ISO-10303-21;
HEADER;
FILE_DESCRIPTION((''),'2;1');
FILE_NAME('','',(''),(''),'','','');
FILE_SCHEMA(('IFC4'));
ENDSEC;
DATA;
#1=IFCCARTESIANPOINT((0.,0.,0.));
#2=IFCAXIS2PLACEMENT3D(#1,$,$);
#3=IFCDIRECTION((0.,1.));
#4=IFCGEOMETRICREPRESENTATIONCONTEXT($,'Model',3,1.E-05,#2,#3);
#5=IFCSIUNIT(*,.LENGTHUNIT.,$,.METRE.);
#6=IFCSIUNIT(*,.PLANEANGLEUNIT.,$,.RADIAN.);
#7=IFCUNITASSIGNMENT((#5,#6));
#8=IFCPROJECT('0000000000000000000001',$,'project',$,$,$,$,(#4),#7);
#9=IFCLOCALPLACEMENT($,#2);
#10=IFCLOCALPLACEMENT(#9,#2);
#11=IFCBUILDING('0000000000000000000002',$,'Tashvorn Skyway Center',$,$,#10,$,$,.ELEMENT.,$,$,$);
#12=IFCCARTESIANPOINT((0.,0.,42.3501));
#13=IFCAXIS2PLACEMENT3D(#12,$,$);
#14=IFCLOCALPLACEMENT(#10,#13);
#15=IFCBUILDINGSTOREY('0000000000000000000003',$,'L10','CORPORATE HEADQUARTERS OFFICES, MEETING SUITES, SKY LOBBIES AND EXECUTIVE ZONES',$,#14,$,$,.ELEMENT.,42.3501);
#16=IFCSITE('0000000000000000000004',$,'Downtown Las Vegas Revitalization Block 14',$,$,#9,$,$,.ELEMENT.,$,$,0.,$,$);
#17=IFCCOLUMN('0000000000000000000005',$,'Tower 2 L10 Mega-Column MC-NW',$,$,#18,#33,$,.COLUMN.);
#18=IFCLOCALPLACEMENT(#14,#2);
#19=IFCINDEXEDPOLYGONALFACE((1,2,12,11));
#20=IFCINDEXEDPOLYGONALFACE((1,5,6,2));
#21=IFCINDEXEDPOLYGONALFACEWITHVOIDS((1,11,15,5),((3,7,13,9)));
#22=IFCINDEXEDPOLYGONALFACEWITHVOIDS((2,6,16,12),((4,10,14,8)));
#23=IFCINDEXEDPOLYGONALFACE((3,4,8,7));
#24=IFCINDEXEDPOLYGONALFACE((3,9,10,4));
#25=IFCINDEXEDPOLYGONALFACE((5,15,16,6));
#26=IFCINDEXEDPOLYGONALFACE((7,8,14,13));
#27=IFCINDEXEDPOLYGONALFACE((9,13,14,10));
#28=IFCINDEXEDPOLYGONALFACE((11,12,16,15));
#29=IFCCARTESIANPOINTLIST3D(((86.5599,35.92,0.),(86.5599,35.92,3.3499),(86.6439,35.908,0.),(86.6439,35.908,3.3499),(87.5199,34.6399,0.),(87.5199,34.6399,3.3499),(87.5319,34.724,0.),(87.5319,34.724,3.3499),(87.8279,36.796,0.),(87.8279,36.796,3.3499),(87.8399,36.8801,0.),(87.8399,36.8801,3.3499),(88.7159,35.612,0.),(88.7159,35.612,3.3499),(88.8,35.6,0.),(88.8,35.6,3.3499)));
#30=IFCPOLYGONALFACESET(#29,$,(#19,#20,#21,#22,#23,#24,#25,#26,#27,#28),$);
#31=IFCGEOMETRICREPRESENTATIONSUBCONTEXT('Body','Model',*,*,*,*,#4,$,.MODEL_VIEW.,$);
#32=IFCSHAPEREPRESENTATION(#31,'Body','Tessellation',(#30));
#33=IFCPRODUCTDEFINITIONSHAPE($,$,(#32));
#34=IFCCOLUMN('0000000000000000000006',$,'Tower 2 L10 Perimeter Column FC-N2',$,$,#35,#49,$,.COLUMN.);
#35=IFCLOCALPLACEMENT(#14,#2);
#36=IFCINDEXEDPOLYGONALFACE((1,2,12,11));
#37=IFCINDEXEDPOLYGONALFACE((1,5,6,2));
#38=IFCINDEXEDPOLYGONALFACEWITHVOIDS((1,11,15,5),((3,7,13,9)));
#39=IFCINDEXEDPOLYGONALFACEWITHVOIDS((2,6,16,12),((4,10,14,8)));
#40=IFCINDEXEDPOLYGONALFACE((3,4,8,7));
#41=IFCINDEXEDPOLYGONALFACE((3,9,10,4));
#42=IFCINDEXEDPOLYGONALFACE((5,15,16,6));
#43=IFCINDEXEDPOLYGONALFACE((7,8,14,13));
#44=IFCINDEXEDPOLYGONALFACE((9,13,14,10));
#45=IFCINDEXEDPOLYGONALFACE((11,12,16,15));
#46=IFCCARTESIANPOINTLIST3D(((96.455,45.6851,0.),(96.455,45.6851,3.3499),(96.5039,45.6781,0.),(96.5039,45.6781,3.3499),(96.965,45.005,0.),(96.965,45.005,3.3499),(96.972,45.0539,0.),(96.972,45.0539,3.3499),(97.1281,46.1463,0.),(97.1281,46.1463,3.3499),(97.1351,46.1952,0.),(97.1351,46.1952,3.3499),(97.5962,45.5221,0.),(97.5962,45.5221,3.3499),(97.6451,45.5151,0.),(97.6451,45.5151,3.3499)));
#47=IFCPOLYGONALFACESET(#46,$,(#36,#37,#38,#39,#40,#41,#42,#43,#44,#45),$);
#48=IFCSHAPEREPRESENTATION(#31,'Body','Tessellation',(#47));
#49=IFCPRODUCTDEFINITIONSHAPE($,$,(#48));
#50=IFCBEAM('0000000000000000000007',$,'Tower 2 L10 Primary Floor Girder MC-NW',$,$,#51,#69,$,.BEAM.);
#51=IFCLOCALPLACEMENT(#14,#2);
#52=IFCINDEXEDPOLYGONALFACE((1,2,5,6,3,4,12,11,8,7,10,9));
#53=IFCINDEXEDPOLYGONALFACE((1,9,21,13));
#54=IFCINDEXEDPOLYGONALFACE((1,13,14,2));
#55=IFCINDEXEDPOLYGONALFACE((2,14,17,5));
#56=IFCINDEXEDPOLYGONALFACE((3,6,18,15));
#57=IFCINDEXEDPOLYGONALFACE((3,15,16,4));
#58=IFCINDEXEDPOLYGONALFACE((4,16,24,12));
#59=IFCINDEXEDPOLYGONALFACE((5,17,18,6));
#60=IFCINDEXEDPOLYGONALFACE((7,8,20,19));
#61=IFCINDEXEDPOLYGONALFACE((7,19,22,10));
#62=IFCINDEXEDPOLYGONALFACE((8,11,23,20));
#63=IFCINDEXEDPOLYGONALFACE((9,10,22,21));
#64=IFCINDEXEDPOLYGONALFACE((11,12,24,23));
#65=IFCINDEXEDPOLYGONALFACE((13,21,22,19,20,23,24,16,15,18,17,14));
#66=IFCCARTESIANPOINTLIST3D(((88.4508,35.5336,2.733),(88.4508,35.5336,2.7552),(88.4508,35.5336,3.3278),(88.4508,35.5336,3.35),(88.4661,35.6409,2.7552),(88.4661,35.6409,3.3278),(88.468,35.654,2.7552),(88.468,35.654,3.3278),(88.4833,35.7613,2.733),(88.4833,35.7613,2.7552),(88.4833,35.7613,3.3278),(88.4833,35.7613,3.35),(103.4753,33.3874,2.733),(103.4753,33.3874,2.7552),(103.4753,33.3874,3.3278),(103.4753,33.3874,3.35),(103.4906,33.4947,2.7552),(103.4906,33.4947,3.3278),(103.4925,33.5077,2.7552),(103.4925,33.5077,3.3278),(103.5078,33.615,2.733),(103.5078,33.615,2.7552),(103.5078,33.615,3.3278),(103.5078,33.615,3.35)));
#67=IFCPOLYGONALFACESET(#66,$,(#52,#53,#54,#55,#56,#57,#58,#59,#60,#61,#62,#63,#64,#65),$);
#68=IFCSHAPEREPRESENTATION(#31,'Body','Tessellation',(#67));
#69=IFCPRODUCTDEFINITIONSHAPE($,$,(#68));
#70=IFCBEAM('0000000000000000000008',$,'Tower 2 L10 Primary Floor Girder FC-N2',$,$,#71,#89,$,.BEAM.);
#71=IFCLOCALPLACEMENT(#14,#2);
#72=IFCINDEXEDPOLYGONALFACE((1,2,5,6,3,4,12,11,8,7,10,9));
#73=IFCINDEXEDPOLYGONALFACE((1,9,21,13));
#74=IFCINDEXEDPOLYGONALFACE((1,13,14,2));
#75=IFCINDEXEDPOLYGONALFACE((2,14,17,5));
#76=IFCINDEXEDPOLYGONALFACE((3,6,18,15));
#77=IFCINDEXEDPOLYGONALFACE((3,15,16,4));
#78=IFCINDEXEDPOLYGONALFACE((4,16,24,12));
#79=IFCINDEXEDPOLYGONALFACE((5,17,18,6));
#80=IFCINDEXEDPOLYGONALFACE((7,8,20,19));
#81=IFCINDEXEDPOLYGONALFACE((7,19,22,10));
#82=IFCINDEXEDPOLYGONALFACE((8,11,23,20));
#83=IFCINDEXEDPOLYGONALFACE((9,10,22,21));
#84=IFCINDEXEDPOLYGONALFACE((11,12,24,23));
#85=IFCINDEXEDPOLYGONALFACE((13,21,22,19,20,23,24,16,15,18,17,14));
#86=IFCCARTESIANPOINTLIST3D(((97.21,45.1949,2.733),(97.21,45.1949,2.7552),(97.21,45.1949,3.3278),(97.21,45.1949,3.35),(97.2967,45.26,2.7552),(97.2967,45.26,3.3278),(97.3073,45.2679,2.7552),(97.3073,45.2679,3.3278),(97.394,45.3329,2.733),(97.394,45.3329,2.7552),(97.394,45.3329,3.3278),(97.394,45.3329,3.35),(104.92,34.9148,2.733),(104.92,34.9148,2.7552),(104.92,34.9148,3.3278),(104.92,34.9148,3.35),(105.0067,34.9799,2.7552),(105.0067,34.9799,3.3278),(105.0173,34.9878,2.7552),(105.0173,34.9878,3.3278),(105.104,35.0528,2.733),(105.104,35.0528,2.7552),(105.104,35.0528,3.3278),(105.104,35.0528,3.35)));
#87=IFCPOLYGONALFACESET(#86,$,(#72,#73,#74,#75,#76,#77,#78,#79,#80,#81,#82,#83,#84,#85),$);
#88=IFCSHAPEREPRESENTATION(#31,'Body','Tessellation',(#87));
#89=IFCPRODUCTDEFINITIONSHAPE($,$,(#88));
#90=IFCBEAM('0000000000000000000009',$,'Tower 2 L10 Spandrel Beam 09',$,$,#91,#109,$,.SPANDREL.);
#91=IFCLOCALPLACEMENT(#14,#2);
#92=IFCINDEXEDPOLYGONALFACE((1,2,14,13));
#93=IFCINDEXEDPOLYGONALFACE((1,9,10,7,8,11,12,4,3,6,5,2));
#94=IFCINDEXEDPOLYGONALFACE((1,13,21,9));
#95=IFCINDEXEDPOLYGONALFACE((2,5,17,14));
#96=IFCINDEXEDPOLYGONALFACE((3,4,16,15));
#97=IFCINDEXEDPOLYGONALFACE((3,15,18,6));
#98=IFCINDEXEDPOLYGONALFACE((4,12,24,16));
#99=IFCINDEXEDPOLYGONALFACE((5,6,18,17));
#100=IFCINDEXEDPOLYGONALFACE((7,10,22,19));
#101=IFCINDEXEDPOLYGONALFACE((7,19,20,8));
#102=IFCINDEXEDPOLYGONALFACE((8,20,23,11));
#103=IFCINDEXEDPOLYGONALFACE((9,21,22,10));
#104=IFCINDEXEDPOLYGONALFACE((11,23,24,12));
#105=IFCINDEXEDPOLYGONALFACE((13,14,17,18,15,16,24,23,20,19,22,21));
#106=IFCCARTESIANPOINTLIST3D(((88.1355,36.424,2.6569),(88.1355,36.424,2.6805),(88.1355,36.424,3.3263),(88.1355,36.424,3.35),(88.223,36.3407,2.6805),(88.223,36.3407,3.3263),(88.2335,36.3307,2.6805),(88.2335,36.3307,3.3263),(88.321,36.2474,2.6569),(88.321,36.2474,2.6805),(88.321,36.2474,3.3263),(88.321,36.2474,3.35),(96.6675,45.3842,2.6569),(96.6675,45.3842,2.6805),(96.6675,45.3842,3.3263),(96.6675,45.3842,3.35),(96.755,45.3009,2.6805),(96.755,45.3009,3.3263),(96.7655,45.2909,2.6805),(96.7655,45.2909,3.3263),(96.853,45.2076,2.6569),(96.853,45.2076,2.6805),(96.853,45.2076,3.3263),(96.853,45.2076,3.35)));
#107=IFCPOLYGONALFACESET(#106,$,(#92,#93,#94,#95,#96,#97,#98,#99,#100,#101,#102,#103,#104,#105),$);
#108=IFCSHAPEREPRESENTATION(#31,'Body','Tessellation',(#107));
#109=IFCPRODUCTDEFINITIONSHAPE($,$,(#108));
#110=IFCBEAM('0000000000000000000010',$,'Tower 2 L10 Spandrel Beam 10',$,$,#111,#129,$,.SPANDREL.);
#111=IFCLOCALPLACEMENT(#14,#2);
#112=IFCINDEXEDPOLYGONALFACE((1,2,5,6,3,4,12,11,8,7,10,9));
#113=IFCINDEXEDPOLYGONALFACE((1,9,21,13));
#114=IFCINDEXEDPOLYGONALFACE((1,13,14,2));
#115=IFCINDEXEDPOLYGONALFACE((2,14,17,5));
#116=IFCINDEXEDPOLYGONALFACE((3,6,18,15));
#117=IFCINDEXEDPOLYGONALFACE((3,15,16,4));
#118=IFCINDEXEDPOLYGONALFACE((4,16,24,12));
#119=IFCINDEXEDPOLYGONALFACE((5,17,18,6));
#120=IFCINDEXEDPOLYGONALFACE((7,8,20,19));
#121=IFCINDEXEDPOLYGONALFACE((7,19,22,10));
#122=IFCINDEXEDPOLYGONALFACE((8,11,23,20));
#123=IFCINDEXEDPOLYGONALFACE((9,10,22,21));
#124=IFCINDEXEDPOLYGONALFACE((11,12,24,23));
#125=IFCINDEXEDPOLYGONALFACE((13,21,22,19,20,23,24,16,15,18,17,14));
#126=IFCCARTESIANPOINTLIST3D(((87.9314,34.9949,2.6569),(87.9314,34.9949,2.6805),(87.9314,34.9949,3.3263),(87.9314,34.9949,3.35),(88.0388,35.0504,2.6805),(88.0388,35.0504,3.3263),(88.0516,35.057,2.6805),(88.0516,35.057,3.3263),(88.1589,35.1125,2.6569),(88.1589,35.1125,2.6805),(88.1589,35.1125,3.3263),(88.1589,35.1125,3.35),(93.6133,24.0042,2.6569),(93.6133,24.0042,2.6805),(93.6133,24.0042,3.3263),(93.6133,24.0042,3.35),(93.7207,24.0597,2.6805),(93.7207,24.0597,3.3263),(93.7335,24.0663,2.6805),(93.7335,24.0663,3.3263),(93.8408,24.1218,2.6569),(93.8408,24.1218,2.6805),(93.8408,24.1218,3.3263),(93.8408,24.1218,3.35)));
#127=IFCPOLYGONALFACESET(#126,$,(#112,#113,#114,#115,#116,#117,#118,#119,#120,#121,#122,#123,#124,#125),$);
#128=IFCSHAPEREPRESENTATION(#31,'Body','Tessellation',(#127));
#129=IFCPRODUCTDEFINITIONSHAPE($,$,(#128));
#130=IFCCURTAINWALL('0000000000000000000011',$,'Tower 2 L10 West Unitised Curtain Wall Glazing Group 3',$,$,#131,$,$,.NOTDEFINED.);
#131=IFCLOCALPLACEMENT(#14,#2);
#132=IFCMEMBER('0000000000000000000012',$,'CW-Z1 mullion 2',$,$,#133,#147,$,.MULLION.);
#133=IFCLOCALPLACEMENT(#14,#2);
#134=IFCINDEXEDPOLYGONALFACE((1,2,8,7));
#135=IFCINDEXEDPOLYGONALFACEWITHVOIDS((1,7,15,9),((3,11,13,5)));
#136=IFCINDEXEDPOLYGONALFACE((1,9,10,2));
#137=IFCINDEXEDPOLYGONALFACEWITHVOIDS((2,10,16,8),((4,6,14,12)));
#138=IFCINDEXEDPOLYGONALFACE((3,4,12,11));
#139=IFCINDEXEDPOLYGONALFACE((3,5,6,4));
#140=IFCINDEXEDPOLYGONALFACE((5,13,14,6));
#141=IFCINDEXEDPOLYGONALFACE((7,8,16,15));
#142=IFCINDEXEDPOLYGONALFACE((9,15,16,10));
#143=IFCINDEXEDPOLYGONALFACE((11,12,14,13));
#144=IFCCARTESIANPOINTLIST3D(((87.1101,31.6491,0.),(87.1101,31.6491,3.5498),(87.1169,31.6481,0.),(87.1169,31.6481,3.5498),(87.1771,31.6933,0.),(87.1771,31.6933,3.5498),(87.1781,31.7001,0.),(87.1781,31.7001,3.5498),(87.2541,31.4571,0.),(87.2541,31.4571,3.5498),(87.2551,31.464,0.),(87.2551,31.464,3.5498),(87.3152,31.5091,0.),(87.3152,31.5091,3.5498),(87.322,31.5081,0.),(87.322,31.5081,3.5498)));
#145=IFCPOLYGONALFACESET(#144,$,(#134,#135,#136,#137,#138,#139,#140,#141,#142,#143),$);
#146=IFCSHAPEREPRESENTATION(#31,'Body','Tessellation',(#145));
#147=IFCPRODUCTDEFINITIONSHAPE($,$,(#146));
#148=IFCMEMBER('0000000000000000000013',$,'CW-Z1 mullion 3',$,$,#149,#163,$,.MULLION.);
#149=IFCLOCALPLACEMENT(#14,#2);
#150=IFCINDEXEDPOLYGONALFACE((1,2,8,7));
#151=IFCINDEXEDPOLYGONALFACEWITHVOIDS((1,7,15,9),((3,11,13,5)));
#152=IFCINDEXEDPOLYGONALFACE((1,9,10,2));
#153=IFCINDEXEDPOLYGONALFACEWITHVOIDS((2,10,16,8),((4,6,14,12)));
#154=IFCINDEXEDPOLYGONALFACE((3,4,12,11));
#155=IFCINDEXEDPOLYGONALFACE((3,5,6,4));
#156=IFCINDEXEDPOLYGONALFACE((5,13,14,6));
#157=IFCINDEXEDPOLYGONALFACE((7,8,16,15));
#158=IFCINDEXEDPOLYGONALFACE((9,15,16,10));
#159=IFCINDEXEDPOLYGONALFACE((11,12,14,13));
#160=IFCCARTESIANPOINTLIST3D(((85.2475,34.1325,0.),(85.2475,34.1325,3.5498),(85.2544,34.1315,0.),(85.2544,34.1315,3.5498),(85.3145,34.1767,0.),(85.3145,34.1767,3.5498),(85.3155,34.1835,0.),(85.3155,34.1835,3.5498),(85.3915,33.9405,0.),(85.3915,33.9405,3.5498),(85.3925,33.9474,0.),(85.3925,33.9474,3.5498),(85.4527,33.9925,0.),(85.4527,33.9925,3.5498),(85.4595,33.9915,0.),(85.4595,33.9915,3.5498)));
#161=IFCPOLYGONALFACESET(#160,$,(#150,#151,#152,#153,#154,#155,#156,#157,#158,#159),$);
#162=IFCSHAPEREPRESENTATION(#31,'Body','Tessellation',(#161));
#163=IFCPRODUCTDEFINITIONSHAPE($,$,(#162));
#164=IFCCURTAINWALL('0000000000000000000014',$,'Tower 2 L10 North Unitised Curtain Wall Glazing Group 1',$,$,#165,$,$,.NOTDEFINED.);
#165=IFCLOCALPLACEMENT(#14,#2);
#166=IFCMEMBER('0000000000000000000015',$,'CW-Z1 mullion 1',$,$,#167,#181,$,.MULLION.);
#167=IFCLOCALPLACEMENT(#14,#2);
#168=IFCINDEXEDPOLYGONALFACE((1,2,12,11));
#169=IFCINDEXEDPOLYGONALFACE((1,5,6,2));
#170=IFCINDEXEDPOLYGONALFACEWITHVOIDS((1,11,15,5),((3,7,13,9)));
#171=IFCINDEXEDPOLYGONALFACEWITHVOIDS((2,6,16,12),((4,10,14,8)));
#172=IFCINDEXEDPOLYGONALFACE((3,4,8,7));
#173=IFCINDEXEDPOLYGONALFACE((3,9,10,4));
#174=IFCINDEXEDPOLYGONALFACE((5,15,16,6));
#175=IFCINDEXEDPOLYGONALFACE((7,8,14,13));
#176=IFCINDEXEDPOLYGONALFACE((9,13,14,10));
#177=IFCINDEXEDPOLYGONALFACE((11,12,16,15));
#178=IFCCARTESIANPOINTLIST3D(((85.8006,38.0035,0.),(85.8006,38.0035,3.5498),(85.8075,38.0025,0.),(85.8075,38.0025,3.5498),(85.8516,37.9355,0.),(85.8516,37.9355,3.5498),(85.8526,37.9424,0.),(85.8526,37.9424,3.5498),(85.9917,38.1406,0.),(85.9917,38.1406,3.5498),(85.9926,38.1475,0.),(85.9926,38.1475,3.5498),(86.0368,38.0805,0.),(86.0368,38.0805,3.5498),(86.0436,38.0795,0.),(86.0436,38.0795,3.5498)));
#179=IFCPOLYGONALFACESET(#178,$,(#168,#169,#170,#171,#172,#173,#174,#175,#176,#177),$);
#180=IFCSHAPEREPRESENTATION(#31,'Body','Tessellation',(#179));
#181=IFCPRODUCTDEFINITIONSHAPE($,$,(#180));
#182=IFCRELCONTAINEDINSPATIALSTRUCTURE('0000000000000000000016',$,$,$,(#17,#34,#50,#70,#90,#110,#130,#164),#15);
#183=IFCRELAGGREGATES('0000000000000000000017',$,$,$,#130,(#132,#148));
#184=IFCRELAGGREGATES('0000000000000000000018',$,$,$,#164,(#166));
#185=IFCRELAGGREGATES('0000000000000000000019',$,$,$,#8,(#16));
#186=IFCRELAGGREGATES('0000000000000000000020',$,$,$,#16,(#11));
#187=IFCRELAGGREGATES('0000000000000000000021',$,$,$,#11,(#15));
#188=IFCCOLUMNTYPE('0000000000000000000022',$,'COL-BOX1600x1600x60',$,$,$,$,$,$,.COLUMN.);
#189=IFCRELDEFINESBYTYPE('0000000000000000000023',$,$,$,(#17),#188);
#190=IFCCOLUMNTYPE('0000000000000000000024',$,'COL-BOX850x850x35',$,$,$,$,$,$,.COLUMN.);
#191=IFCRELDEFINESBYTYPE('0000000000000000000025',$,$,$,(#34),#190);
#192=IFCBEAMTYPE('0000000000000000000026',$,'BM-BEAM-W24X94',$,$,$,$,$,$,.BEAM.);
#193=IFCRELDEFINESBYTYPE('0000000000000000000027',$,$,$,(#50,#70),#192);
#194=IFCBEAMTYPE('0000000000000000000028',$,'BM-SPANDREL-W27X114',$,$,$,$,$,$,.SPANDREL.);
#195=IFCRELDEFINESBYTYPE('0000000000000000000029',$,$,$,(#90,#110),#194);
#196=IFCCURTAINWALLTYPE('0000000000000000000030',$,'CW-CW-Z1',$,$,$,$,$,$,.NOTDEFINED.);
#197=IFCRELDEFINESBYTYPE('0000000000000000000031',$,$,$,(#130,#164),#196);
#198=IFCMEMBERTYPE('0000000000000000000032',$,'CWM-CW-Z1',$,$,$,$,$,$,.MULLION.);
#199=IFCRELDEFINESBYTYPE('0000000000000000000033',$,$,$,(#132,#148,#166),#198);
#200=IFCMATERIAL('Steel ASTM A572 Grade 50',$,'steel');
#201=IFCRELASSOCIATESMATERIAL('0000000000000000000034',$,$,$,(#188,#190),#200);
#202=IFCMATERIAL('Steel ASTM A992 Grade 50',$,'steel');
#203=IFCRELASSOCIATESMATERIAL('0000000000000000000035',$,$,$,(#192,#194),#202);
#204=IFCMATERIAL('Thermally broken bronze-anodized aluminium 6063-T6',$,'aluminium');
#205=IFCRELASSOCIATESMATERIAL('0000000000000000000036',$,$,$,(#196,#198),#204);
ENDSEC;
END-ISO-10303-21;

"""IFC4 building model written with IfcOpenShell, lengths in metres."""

from ifc_helpers import new_model, si_unit, direction, frame, origin, origin_2d, place, context, subcontext, project, spatial, hollow_rectangle, i_section, extrude, material, material_profile, profile_set, type_object, element, aggregate, save


model = new_model("IFC4")

# Units and contexts
model_context = context("Model", 3, precision=1e-05, world=origin(), true_north=direction((0.0, 1.0)))
body_context = subcontext(model_context, "Body", "Model", "MODEL_VIEW")
ifc_project = project(units=[si_unit("LENGTHUNIT", "METRE"), si_unit("PLANEANGLEUNIT", "RADIAN")], contexts=[model_context])

# Site, building, storey
site_placement = place(None, origin())
site = spatial("IfcSite", under=ifc_project, at=site_placement, Name="Downtown Las Vegas Revitalization Block 14", CompositionType="ELEMENT", RefElevation=0.0)
building_placement = place(site_placement, origin())
building = spatial("IfcBuilding", under=site, at=building_placement, Name="Tashvorn Skyway Center", CompositionType="ELEMENT")
storey_placement = place(building_placement, frame((0.0, 0.0, 42.3501)))
storey = spatial("IfcBuildingStorey", under=building, at=storey_placement, Name="L10", Description="CORPORATE HEADQUARTERS OFFICES, MEETING SUITES, SKY LOBBIES AND EXECUTIVE ZONES", CompositionType="ELEMENT", Elevation=42.3501)

# Columns
ifc_material_1 = material(Name="Steel ASTM A572 Grade 50", Category="steel")
ifc_material_profile_1 = material_profile(ifc_material_1, hollow_rectangle(XDim=1.6001, YDim=1.6001, WallThickness=0.0601, at=origin_2d()), Name="BOX1600x1600x60")
ifc_profile_set_1 = profile_set([ifc_material_profile_1], Name="Steel ASTM A572 Grade 50")
column_type_1 = type_object("IfcColumnType", Name="COL-BOX1600x1600x60", PredefinedType="COLUMN", material=ifc_profile_set_1)
column_1_placement = place(storey_placement, frame((87.6799, 35.76, 0.0), z_axis=(0.0, 0.0, 1.0), x_axis=(0.8, 0.6, 0.0)))
element("IfcColumn", 1, at=column_1_placement, inside=storey, type_object=column_type_1, Name="Tower 2 L10 Mega-Column MC-NW", PredefinedType="COLUMN", context=body_context, shape_type="SweptSolid", body=[
    extrude(hollow_rectangle(XDim=1.6001, YDim=1.6001, WallThickness=0.0601, at=origin_2d()), origin(), (0.0, 0.0, 1.0), 3.3499),
])
ifc_material_profile_2 = material_profile(ifc_material_1, hollow_rectangle(XDim=0.8501, YDim=0.8501, WallThickness=0.0349, at=origin_2d()), Name="BOX850x850x35")
ifc_profile_set_2 = profile_set([ifc_material_profile_2], Name="Steel ASTM A572 Grade 50")
column_type_2 = type_object("IfcColumnType", Name="COL-BOX850x850x35", PredefinedType="COLUMN", material=ifc_profile_set_2)
column_2_placement = place(storey_placement, frame((97.05, 45.6001, 0.0), z_axis=(0.0, 0.0, 1.0), x_axis=(0.8, 0.6, 0.0)))
element("IfcColumn", 2, at=column_2_placement, inside=storey, type_object=column_type_2, Name="Tower 2 L10 Perimeter Column FC-N2", PredefinedType="COLUMN", context=body_context, shape_type="SweptSolid", body=[
    extrude(hollow_rectangle(XDim=0.8501, YDim=0.8501, WallThickness=0.0349, at=origin_2d()), origin(), (0.0, 0.0, 1.0), 3.3499),
])

# Beams
ifc_material_2 = material(Name="Steel ASTM A992 Grade 50", Category="steel")
ifc_material_profile_3 = material_profile(ifc_material_2, i_section(OverallWidth=0.23, OverallDepth=0.6169, WebThickness=0.0132, FlangeThickness=0.0222, at=origin_2d()), Name="W24X94")
ifc_profile_set_3 = profile_set([ifc_material_profile_3], Name="Steel ASTM A992 Grade 50")
beam_type_1 = type_object("IfcBeamType", Name="BM-BEAM-W24X94", PredefinedType="BEAM", material=ifc_profile_set_3)
beam_1_placement = place(storey_placement, frame((88.467, 35.6475, 3.0415), z_axis=(0.98995, -0.141415, 0.0), x_axis=(0.141415, 0.98995, 0.0)))
element("IfcBeam", 3, at=beam_1_placement, inside=storey, type_object=beam_type_1, Name="Tower 2 L10 Primary Floor Girder MC-NW", PredefinedType="BEAM", context=body_context, shape_type="SweptSolid", body=[
    extrude(i_section(OverallWidth=0.23, OverallDepth=0.6169, WebThickness=0.0132, FlangeThickness=0.0222, at=origin_2d()), origin(), (0.0, 0.0, 1.0), 15.177),
])
beam_2_placement = place(storey_placement, frame((97.302, 45.2639, 3.0415), z_axis=(0.599997, -0.800002, 0.0), x_axis=(0.800002, 0.599997, 0.0)))
element("IfcBeam", 4, at=beam_2_placement, inside=storey, type_object=beam_type_1, Name="Tower 2 L10 Primary Floor Girder FC-N2", PredefinedType="BEAM", context=body_context, shape_type="SweptSolid", body=[
    extrude(i_section(OverallWidth=0.23, OverallDepth=0.6169, WebThickness=0.0132, FlangeThickness=0.0222, at=origin_2d()), origin(), (0.0, 0.0, 1.0), 12.8501),
])
ifc_material_profile_4 = material_profile(ifc_material_2, i_section(OverallWidth=0.2561, OverallDepth=0.6931, WebThickness=0.0144, FlangeThickness=0.0237, at=origin_2d()), Name="W27X114")
ifc_profile_set_4 = profile_set([ifc_material_profile_4], Name="Steel ASTM A992 Grade 50")
beam_type_2 = type_object("IfcBeamType", Name="BM-SPANDREL-W27X114", PredefinedType="SPANDREL", material=ifc_profile_set_4)
for number, where, z_axis, x_axis, name in (
    (5, (96.7603, 45.2959, 3.0034), (-0.68959, -0.7242, 0.0), (0.7242, -0.68959, 0.0), "Tower 2 L10 Spandrel Beam 09"),
    (6, (88.0452, 35.0537, 3.0034), (0.459233, -0.888316, 0.0), (0.888316, 0.459233, 0.0), "Tower 2 L10 Spandrel Beam 10"),
):
    element("IfcBeam", number, at=place(storey_placement, frame(where, z_axis=z_axis, x_axis=x_axis)), inside=storey, type_object=beam_type_2, Name=name, PredefinedType="SPANDREL", context=body_context, shape_type="SweptSolid", body=[
        extrude(i_section(OverallWidth=0.2561, OverallDepth=0.6931, WebThickness=0.0144, FlangeThickness=0.0237, at=origin_2d()), origin(), (0.0, 0.0, 1.0), 12.3726),
    ])

# Curtain walls, members
ifc_material_3 = material(Name="Thermally broken bronze-anodized aluminium 6063-T6", Category="aluminium")
curtain_wall_type = type_object("IfcCurtainWallType", Name="CW-CW-Z1", PredefinedType="NOTDEFINED", material=ifc_material_3)
curtain_wall_1_placement = place(storey_placement, origin())
curtain_wall_1 = element("IfcCurtainWall", 7, at=curtain_wall_1_placement, inside=storey, type_object=curtain_wall_type, Name="Tower 2 L10 West Unitised Curtain Wall Glazing Group 3", PredefinedType="NOTDEFINED")
ifc_material_profile_5 = material_profile(ifc_material_3, hollow_rectangle(XDim=0.085, YDim=0.24, WallThickness=0.0049, at=origin_2d()), Name="ALU-MULL-85x240")
ifc_profile_set_5 = profile_set([ifc_material_profile_5], Name="Thermally broken bronze-anodized aluminium 6063-T6")
member_type_1 = type_object("IfcMemberType", Name="CWM-CW-Z1", PredefinedType="MULLION", material=ifc_profile_set_5)
member_1_placement = place(storey_placement, frame((87.2161, 31.5786, 0.0), z_axis=(0.0, 0.0, 1.0), x_axis=(-0.800002, -0.599997, 0.0)))
member_1 = element("IfcMember", 8, at=member_1_placement, type_object=member_type_1, Name="CW-Z1 mullion 2", PredefinedType="MULLION", context=body_context, shape_type="SweptSolid", body=[
    extrude(hollow_rectangle(XDim=0.085, YDim=0.24, WallThickness=0.0049, at=origin_2d()), origin(), (0.0, 0.0, 1.0), 3.5498),
])
member_2_placement = place(storey_placement, frame((85.3535, 34.062, 0.0), z_axis=(0.0, 0.0, 1.0), x_axis=(-0.800002, -0.599997, 0.0)))
member_2 = element("IfcMember", 9, at=member_2_placement, type_object=member_type_1, Name="CW-Z1 mullion 3", PredefinedType="MULLION", context=body_context, shape_type="SweptSolid", body=[
    extrude(hollow_rectangle(XDim=0.085, YDim=0.24, WallThickness=0.0049, at=origin_2d()), origin(), (0.0, 0.0, 1.0), 3.5498),
])
curtain_wall_2_placement = place(storey_placement, origin())
curtain_wall_2 = element("IfcCurtainWall", 10, at=curtain_wall_2_placement, inside=storey, type_object=curtain_wall_type, Name="Tower 2 L10 North Unitised Curtain Wall Glazing Group 1", PredefinedType="NOTDEFINED")
member_3_placement = place(storey_placement, frame((85.9221, 38.0415, 0.0), z_axis=(0.0, 0.0, 1.0), x_axis=(-0.599997, 0.800002, 0.0)))
member_3 = element("IfcMember", 11, at=member_3_placement, type_object=member_type_1, Name="CW-Z1 mullion 1", PredefinedType="MULLION", context=body_context, shape_type="SweptSolid", body=[
    extrude(hollow_rectangle(XDim=0.085, YDim=0.24, WallThickness=0.0049, at=origin_2d()), origin(), (0.0, 0.0, 1.0), 3.5498),
])

aggregate(curtain_wall_1, [member_1, member_2])
aggregate(curtain_wall_2, [member_3])

save(model, "model.ifc")
